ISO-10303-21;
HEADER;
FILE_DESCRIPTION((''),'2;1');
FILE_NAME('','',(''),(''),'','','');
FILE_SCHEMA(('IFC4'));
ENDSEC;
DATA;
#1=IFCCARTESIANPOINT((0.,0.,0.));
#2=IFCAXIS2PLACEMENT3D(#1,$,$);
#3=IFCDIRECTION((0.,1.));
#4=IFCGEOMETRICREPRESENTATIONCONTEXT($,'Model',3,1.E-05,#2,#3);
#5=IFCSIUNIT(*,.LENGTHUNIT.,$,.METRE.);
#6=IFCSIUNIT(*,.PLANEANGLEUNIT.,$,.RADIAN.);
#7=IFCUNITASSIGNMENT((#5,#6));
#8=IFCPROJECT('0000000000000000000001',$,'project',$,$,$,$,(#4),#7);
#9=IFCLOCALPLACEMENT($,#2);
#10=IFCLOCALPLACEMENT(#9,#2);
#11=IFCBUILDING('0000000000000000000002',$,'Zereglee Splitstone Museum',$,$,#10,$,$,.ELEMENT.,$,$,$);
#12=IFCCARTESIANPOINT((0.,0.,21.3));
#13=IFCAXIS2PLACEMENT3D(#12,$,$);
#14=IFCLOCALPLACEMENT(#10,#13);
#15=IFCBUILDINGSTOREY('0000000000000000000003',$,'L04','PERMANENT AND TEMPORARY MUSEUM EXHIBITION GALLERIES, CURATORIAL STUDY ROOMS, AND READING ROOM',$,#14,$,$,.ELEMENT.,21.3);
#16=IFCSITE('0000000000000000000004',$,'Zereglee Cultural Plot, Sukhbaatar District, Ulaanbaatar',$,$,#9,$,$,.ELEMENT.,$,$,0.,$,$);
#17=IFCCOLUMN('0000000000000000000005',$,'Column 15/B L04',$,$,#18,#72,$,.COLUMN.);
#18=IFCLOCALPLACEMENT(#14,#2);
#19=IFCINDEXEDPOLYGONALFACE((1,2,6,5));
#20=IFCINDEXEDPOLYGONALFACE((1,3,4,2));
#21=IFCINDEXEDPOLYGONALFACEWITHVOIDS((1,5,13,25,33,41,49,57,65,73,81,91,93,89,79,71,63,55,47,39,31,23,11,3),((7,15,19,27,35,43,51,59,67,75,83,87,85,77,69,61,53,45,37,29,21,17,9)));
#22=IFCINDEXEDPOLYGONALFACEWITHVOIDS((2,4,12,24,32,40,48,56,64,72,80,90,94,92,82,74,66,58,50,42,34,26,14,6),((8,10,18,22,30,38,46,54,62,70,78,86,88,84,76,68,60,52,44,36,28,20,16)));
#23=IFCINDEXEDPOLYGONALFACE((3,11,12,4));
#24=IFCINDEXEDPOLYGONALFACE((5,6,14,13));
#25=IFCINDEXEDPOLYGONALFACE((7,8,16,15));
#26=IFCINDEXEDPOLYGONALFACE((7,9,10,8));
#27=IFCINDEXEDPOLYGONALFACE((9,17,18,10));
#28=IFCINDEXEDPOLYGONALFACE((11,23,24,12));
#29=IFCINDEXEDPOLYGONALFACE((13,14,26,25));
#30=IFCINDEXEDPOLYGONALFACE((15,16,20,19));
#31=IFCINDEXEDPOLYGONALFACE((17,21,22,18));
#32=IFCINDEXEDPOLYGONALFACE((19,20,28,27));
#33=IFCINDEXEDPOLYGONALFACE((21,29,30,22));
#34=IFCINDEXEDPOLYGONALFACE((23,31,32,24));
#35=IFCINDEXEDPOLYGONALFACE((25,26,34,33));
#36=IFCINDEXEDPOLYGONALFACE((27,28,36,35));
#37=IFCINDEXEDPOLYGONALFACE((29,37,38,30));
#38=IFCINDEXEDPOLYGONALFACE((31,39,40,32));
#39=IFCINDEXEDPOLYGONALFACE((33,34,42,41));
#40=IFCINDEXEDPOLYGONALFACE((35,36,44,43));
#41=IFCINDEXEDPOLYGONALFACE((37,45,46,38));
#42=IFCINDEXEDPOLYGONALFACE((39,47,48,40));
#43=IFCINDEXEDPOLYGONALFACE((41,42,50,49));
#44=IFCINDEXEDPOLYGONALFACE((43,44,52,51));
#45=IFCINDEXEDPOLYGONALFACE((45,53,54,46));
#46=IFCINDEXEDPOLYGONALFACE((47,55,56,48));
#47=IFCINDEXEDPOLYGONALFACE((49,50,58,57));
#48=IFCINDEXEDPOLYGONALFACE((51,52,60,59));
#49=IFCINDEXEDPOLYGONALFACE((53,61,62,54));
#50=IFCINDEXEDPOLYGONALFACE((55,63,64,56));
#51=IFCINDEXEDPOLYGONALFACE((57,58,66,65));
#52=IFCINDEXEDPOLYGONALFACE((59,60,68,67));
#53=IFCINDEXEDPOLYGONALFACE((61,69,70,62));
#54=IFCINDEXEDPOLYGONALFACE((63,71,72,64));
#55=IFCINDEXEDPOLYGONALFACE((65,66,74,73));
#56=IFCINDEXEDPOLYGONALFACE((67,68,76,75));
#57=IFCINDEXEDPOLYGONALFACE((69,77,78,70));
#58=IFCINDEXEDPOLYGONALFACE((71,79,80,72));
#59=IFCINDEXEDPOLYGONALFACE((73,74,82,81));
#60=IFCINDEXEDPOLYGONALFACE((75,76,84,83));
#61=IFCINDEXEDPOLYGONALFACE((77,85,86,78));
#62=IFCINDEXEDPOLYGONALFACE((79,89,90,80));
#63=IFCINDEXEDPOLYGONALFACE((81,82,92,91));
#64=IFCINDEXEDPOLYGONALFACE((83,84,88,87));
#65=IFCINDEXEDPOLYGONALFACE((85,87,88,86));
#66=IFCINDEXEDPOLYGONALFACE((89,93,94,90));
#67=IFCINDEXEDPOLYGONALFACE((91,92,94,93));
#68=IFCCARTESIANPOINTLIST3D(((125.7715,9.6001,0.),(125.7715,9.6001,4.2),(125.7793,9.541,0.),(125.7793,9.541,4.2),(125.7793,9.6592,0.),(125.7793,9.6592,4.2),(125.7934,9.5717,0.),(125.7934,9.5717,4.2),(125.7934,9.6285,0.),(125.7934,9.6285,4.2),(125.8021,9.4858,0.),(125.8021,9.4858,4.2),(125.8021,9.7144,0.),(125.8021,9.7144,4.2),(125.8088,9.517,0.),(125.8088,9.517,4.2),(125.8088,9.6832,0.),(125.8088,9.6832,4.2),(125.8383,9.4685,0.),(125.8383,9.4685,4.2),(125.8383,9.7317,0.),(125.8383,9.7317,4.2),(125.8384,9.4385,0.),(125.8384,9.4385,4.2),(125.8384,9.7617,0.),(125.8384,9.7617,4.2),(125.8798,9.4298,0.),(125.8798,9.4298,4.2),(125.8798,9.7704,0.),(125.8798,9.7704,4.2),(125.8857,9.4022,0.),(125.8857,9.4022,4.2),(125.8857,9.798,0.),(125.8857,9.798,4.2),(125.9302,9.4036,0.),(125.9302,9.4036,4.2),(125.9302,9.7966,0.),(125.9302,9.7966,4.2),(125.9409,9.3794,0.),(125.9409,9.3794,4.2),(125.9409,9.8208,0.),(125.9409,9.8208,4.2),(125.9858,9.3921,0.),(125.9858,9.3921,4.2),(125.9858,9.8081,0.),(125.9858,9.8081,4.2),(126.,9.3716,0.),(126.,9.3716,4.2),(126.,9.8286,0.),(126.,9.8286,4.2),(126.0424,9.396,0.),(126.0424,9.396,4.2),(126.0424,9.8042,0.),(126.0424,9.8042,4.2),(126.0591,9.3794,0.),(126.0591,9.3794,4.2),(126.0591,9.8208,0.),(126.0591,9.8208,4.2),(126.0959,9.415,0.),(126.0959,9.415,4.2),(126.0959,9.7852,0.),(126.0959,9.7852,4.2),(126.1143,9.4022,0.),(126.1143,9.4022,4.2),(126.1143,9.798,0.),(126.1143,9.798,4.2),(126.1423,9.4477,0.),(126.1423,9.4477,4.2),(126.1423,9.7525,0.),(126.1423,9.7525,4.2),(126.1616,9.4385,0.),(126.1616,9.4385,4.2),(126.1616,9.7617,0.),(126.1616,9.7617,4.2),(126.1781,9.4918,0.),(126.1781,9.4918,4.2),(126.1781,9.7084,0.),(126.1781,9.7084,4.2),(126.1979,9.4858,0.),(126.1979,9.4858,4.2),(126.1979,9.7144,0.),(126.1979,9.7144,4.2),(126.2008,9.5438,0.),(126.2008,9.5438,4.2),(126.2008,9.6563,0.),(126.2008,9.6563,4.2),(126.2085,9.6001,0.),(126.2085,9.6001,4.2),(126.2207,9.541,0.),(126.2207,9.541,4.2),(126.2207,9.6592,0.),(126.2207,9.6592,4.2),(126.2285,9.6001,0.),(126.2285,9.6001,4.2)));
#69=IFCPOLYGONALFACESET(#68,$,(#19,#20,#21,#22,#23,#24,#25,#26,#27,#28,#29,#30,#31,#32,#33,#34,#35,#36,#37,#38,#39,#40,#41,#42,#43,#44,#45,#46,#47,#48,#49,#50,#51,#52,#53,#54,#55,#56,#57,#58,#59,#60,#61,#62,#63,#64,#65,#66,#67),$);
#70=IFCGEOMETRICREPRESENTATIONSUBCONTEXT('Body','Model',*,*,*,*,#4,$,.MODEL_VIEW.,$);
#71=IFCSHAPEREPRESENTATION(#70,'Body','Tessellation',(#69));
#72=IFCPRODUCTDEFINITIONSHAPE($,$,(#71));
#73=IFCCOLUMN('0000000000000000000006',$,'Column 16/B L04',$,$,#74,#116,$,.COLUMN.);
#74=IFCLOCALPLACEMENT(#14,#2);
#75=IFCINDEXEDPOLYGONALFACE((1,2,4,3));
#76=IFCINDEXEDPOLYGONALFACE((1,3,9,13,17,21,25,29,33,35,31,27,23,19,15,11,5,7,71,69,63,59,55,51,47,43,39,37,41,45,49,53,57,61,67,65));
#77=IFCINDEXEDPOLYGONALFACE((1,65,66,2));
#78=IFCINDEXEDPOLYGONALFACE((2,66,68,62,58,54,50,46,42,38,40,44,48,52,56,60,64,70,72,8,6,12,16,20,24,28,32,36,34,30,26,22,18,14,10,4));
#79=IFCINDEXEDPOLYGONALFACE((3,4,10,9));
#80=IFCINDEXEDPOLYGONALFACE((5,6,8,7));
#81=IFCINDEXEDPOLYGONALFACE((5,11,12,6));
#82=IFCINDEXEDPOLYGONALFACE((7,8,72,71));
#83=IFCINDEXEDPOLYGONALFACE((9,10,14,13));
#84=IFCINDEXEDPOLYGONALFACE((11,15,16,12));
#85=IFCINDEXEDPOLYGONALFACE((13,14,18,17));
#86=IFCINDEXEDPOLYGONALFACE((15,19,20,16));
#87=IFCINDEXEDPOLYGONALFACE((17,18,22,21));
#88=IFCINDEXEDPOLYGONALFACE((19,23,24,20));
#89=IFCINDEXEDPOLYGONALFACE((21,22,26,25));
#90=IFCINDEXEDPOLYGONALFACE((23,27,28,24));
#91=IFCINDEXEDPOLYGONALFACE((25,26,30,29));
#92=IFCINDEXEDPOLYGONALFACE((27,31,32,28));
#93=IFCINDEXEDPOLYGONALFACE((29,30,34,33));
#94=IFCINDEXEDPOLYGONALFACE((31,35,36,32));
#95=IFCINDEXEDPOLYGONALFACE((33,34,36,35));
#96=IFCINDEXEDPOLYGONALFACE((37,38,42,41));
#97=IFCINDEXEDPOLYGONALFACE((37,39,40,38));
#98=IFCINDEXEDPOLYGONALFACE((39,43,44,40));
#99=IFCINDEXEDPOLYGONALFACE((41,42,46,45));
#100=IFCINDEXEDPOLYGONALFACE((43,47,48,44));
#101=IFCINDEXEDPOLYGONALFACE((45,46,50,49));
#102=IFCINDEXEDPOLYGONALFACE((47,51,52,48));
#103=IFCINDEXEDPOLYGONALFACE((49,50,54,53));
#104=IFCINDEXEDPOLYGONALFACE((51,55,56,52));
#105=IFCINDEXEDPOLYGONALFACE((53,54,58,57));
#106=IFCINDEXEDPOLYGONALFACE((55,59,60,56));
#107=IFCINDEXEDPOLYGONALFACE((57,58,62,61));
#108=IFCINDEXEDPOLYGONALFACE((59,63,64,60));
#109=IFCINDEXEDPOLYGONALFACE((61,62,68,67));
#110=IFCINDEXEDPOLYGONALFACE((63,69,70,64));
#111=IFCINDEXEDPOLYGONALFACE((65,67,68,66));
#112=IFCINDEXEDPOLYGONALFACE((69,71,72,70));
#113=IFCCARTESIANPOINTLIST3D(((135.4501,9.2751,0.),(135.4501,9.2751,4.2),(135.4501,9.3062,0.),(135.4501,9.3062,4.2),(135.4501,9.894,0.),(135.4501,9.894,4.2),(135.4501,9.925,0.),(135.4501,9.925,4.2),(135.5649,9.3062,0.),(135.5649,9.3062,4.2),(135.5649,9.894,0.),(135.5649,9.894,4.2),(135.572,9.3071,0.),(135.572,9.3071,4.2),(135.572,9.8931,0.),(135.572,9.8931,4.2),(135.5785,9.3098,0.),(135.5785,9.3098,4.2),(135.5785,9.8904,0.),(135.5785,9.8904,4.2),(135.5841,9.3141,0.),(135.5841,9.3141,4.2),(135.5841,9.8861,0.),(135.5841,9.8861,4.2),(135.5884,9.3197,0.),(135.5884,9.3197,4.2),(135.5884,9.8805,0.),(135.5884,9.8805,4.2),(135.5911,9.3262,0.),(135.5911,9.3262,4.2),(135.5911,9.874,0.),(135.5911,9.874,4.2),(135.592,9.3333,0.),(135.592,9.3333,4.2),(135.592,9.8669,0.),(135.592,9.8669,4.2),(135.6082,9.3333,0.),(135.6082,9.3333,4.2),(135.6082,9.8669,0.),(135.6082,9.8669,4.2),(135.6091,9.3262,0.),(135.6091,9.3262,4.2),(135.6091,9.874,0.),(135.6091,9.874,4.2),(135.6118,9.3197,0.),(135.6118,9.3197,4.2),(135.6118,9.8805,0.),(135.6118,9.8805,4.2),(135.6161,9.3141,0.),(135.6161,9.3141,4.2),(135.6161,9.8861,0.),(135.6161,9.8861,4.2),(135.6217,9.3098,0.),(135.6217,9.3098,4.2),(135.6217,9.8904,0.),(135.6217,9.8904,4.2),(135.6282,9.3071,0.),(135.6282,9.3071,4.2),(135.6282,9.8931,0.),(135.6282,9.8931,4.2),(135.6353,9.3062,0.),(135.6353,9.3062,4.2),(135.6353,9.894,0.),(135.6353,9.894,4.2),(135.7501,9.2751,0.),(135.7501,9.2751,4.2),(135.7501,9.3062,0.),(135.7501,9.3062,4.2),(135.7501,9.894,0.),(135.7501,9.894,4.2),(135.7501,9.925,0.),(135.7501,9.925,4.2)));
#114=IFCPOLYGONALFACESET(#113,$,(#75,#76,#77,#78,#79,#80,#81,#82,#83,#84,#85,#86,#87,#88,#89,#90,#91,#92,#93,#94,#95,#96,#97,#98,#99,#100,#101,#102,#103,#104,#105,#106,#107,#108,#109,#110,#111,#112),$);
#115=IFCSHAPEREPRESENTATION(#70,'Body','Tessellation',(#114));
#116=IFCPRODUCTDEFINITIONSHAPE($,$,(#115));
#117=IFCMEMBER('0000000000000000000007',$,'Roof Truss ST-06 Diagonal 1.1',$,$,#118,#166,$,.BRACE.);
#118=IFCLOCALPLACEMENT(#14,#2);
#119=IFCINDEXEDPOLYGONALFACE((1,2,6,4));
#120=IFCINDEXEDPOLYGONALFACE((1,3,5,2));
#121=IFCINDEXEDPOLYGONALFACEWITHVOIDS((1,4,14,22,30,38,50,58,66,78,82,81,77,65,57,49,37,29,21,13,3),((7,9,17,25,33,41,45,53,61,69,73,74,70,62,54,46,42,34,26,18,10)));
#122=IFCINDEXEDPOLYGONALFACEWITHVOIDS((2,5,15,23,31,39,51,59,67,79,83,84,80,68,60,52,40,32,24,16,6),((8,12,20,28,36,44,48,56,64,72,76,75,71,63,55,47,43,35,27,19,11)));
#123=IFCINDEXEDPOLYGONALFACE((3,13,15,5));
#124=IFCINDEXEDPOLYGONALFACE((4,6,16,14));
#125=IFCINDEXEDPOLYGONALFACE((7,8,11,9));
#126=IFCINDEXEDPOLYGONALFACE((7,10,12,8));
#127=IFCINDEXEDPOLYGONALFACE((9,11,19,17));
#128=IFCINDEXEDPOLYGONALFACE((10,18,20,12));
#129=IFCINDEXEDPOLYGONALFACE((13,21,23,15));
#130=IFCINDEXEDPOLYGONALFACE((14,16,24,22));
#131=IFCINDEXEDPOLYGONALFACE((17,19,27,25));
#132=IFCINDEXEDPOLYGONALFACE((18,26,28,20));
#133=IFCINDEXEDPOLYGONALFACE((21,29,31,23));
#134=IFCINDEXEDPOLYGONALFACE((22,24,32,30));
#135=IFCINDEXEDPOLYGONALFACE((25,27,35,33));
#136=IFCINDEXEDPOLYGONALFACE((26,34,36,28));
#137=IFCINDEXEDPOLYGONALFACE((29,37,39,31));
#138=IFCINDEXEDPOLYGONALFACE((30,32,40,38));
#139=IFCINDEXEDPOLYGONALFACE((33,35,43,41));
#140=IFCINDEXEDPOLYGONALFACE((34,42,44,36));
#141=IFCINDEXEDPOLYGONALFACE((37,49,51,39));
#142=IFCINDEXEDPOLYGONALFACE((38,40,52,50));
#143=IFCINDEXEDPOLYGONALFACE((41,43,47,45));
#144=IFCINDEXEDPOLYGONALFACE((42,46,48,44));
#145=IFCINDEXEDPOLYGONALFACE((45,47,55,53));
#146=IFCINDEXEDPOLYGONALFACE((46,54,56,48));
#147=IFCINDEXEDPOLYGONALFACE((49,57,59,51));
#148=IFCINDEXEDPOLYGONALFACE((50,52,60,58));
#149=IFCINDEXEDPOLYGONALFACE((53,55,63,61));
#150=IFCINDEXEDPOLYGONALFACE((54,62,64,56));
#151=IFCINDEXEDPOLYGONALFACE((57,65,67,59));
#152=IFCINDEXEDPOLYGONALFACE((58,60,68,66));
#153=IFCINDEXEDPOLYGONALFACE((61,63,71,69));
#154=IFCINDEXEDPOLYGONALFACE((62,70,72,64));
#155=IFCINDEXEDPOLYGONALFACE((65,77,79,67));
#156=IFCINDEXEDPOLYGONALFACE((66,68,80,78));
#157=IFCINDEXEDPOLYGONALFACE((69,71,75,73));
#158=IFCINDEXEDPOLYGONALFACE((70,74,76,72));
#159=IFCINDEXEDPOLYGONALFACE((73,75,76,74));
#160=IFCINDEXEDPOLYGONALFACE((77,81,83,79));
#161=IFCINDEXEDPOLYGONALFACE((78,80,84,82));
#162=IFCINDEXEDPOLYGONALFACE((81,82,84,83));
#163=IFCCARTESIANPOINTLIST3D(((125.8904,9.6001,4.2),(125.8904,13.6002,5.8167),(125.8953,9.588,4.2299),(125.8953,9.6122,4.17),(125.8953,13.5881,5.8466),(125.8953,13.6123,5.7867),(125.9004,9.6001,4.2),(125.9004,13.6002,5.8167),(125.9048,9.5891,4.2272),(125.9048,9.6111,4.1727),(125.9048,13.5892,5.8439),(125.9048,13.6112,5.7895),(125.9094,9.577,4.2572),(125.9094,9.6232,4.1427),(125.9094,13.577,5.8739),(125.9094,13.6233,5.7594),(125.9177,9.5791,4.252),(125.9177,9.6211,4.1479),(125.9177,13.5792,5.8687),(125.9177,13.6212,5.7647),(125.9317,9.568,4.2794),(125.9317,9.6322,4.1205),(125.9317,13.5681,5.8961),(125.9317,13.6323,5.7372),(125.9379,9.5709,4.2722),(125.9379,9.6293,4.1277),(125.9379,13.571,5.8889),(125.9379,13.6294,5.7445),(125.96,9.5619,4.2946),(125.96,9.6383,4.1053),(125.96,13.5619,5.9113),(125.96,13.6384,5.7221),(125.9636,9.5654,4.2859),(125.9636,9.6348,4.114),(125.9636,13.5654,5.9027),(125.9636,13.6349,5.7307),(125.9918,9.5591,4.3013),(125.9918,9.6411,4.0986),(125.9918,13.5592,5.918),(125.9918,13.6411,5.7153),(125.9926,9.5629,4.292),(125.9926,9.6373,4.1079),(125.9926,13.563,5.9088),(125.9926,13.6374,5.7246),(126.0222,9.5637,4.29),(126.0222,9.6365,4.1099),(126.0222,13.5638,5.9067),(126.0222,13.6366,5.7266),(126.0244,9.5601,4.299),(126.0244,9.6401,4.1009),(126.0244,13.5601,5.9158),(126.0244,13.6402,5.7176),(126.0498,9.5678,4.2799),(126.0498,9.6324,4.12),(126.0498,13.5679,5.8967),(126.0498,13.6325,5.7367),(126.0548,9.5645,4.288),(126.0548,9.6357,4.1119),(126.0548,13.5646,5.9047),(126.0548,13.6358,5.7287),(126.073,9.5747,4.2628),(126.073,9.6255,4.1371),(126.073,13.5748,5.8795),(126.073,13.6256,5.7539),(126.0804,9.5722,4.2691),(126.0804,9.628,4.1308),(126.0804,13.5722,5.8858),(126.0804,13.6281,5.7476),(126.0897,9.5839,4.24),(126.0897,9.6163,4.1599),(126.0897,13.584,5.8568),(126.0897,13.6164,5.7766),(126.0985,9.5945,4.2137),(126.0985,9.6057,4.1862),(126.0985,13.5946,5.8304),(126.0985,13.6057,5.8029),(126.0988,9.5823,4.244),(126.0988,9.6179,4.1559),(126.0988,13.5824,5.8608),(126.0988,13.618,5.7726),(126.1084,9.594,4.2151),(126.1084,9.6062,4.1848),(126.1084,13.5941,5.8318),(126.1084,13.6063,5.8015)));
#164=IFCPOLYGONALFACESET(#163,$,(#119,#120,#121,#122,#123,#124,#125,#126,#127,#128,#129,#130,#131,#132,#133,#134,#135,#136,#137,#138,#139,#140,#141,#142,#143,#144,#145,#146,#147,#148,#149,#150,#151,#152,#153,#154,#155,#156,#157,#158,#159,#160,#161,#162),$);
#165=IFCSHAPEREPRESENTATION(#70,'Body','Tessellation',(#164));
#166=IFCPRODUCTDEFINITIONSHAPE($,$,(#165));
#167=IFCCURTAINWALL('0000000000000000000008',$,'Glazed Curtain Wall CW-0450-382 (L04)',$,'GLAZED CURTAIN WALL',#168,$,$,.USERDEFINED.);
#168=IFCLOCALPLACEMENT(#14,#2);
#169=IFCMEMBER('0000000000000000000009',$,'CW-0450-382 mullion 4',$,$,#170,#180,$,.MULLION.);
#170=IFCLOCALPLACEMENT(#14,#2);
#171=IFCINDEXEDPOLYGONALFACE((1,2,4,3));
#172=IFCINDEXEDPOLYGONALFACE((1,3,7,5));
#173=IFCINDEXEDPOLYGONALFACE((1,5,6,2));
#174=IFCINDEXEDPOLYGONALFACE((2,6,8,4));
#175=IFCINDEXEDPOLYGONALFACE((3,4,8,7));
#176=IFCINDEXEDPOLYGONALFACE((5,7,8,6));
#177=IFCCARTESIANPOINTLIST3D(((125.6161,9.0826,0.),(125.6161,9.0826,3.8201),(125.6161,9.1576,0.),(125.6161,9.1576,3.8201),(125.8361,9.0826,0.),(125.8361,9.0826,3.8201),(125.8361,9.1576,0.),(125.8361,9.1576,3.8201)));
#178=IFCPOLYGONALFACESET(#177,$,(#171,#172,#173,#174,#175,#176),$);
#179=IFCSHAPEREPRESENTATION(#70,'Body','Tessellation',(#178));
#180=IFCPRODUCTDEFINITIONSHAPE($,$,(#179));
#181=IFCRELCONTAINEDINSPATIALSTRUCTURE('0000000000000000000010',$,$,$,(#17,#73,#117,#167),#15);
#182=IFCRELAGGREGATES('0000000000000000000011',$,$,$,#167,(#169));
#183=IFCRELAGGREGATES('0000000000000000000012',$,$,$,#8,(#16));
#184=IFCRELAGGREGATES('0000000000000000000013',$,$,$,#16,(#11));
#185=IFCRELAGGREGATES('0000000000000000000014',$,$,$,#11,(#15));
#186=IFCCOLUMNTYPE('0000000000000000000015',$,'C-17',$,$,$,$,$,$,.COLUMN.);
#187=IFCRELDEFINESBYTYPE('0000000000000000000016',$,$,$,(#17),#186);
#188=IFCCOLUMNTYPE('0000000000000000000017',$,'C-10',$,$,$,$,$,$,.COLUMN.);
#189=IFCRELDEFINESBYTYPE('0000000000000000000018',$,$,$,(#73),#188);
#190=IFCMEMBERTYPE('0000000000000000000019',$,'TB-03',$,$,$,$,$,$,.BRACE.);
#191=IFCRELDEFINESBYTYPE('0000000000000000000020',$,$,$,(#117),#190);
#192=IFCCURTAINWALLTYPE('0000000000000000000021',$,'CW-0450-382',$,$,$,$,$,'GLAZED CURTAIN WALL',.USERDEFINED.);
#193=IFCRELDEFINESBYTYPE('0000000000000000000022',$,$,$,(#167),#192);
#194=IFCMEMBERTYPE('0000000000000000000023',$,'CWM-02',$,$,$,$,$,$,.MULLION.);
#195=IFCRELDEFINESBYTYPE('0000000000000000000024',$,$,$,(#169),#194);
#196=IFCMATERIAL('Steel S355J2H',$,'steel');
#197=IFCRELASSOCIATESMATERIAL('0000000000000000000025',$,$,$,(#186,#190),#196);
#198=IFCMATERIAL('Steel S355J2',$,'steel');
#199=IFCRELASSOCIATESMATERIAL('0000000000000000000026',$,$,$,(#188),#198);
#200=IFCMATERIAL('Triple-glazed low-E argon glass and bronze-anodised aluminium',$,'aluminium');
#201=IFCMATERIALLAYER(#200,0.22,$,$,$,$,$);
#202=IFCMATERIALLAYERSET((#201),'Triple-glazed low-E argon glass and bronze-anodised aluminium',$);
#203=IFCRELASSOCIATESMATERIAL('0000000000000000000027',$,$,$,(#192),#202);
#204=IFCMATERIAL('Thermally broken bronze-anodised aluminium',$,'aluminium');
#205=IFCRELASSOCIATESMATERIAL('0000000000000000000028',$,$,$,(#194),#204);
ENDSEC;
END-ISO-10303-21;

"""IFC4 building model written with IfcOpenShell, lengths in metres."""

from ifc_helpers import new_model, si_unit, direction, frame, origin, origin_2d, place, context, subcontext, project, spatial, rectangle, hollow_circle, i_section, extrude, material, layer, layer_set, material_profile, profile_set, type_object, element, aggregate, save


model = new_model("IFC4")

# Units and contexts
model_context = context("Model", 3, precision=1e-05, world=origin(), true_north=direction((0.0, 1.0)))
body_context = subcontext(model_context, "Body", "Model", "MODEL_VIEW")
ifc_project = project(units=[si_unit("LENGTHUNIT", "METRE"), si_unit("PLANEANGLEUNIT", "RADIAN")], contexts=[model_context])

# Site, building, storey
site_placement = place(None, origin())
site = spatial("IfcSite", under=ifc_project, at=site_placement, Name="Zereglee Cultural Plot, Sukhbaatar District, Ulaanbaatar", CompositionType="ELEMENT", RefElevation=0.0)
building_placement = place(site_placement, origin())
building = spatial("IfcBuilding", under=site, at=building_placement, Name="Zereglee Splitstone Museum", CompositionType="ELEMENT")
storey_placement = place(building_placement, frame((0.0, 0.0, 21.3)))
storey = spatial("IfcBuildingStorey", under=building, at=storey_placement, Name="L04", Description="PERMANENT AND TEMPORARY MUSEUM EXHIBITION GALLERIES, CURATORIAL STUDY ROOMS, AND READING ROOM", CompositionType="ELEMENT", Elevation=21.3)

# Columns
ifc_material_1 = material(Name="Steel S355J2H", Category="steel")
ifc_material_profile_1 = material_profile(ifc_material_1, hollow_circle(Radius=0.2285, WallThickness=0.02, at=origin_2d()), Name="CHS 457.0x20")
ifc_profile_set_1 = profile_set([ifc_material_profile_1], Name="Steel S355J2H")
column_type_1 = type_object("IfcColumnType", Name="C-17", PredefinedType="COLUMN", material=ifc_profile_set_1)
column_1_placement = place(storey_placement, frame((126.0, 9.6001, 0.0), z_axis=(0.0, 0.0, 1.0), x_axis=(1.0, 0.0, 0.0)))
element("IfcColumn", 1, at=column_1_placement, inside=storey, type_object=column_type_1, Name="Column 15/B L04", PredefinedType="COLUMN", context=body_context, shape_type="SweptSolid", body=[
    extrude(hollow_circle(Radius=0.2285, WallThickness=0.02, at=origin_2d()), origin(), (0.0, 0.0, 1.0), 4.2),
])
ifc_material_2 = material(Name="Steel S355J2", Category="steel")
ifc_material_profile_2 = material_profile(ifc_material_2, i_section(OverallWidth=0.3, OverallDepth=0.6499, WebThickness=0.0161, FlangeThickness=0.031, FilletRadius=0.0271, at=origin_2d()), Name="HE 650 B")
ifc_profile_set_2 = profile_set([ifc_material_profile_2], Name="Steel S355J2")
column_type_2 = type_object("IfcColumnType", Name="C-10", PredefinedType="COLUMN", material=ifc_profile_set_2)
column_2_placement = place(storey_placement, frame((135.6001, 9.6001, 0.0), z_axis=(0.0, 0.0, 1.0), x_axis=(1.0, 0.0, 0.0)))
element("IfcColumn", 2, at=column_2_placement, inside=storey, type_object=column_type_2, Name="Column 16/B L04", PredefinedType="COLUMN", context=body_context, shape_type="SweptSolid", body=[
    extrude(i_section(OverallWidth=0.3, OverallDepth=0.6499, WebThickness=0.0161, FlangeThickness=0.031, FilletRadius=0.0271, at=origin_2d()), origin(), (0.0, 0.0, 1.0), 4.2),
])

# Member
ifc_material_profile_3 = material_profile(ifc_material_1, hollow_circle(Radius=0.1096, WallThickness=0.01, at=origin_2d()), Name="CHS 219.1x10")
ifc_profile_set_3 = profile_set([ifc_material_profile_3], Name="Steel S355J2H")
member_type_1 = type_object("IfcMemberType", Name="TB-03", PredefinedType="BRACE", material=ifc_profile_set_3)
member_1_placement = place(storey_placement, frame((126.0, 9.6001, 4.2), z_axis=(0.0, 0.927136, 0.374725), x_axis=(-1.0, 0.0, 0.0)))
element("IfcMember", 3, at=member_1_placement, inside=storey, type_object=member_type_1, Name="Roof Truss ST-06 Diagonal 1.1", PredefinedType="BRACE", context=body_context, shape_type="SweptSolid", body=[
    extrude(hollow_circle(Radius=0.1096, WallThickness=0.01, at=origin_2d()), origin(), (0.0, 0.0, 1.0), 4.3145),
])

# Curtain wall, member
ifc_material_3 = material(Name="Triple-glazed low-E argon glass and bronze-anodised aluminium", Category="aluminium")
ifc_layer_1 = layer(ifc_material_3, 0.22)
ifc_layer_set_1 = layer_set([ifc_layer_1], Name="Triple-glazed low-E argon glass and bronze-anodised aluminium")
curtain_wall_type = type_object("IfcCurtainWallType", Name="CW-0450-382", ElementType="GLAZED CURTAIN WALL", PredefinedType="USERDEFINED", material=ifc_layer_set_1)
curtain_wall_placement = place(storey_placement, origin())
curtain_wall = element("IfcCurtainWall", 4, at=curtain_wall_placement, inside=storey, type_object=curtain_wall_type, Name="Glazed Curtain Wall CW-0450-382 (L04)", ObjectType="GLAZED CURTAIN WALL", PredefinedType="USERDEFINED")
ifc_material_4 = material(Name="Thermally broken bronze-anodised aluminium", Category="aluminium")
ifc_material_profile_4 = material_profile(ifc_material_4, rectangle(XDim=0.075, YDim=0.22, at=origin_2d()), Name="CW MULL 75x220")
ifc_profile_set_4 = profile_set([ifc_material_profile_4], Name="Thermally broken bronze-anodised aluminium")
member_type_2 = type_object("IfcMemberType", Name="CWM-02", PredefinedType="MULLION", material=ifc_profile_set_4)
member_2_placement = place(storey_placement, frame((125.7261, 9.1201, 0.0), z_axis=(0.0, 0.0, 1.0), x_axis=(0.0, 1.0, 0.0)))
member_2 = element("IfcMember", 5, at=member_2_placement, type_object=member_type_2, Name="CW-0450-382 mullion 4", PredefinedType="MULLION", context=body_context, shape_type="SweptSolid", body=[
    extrude(rectangle(XDim=0.075, YDim=0.22, at=origin_2d()), origin(), (0.0, 0.0, 1.0), 3.8201),
])
aggregate(curtain_wall, [member_2])

save(model, "model.ifc")
